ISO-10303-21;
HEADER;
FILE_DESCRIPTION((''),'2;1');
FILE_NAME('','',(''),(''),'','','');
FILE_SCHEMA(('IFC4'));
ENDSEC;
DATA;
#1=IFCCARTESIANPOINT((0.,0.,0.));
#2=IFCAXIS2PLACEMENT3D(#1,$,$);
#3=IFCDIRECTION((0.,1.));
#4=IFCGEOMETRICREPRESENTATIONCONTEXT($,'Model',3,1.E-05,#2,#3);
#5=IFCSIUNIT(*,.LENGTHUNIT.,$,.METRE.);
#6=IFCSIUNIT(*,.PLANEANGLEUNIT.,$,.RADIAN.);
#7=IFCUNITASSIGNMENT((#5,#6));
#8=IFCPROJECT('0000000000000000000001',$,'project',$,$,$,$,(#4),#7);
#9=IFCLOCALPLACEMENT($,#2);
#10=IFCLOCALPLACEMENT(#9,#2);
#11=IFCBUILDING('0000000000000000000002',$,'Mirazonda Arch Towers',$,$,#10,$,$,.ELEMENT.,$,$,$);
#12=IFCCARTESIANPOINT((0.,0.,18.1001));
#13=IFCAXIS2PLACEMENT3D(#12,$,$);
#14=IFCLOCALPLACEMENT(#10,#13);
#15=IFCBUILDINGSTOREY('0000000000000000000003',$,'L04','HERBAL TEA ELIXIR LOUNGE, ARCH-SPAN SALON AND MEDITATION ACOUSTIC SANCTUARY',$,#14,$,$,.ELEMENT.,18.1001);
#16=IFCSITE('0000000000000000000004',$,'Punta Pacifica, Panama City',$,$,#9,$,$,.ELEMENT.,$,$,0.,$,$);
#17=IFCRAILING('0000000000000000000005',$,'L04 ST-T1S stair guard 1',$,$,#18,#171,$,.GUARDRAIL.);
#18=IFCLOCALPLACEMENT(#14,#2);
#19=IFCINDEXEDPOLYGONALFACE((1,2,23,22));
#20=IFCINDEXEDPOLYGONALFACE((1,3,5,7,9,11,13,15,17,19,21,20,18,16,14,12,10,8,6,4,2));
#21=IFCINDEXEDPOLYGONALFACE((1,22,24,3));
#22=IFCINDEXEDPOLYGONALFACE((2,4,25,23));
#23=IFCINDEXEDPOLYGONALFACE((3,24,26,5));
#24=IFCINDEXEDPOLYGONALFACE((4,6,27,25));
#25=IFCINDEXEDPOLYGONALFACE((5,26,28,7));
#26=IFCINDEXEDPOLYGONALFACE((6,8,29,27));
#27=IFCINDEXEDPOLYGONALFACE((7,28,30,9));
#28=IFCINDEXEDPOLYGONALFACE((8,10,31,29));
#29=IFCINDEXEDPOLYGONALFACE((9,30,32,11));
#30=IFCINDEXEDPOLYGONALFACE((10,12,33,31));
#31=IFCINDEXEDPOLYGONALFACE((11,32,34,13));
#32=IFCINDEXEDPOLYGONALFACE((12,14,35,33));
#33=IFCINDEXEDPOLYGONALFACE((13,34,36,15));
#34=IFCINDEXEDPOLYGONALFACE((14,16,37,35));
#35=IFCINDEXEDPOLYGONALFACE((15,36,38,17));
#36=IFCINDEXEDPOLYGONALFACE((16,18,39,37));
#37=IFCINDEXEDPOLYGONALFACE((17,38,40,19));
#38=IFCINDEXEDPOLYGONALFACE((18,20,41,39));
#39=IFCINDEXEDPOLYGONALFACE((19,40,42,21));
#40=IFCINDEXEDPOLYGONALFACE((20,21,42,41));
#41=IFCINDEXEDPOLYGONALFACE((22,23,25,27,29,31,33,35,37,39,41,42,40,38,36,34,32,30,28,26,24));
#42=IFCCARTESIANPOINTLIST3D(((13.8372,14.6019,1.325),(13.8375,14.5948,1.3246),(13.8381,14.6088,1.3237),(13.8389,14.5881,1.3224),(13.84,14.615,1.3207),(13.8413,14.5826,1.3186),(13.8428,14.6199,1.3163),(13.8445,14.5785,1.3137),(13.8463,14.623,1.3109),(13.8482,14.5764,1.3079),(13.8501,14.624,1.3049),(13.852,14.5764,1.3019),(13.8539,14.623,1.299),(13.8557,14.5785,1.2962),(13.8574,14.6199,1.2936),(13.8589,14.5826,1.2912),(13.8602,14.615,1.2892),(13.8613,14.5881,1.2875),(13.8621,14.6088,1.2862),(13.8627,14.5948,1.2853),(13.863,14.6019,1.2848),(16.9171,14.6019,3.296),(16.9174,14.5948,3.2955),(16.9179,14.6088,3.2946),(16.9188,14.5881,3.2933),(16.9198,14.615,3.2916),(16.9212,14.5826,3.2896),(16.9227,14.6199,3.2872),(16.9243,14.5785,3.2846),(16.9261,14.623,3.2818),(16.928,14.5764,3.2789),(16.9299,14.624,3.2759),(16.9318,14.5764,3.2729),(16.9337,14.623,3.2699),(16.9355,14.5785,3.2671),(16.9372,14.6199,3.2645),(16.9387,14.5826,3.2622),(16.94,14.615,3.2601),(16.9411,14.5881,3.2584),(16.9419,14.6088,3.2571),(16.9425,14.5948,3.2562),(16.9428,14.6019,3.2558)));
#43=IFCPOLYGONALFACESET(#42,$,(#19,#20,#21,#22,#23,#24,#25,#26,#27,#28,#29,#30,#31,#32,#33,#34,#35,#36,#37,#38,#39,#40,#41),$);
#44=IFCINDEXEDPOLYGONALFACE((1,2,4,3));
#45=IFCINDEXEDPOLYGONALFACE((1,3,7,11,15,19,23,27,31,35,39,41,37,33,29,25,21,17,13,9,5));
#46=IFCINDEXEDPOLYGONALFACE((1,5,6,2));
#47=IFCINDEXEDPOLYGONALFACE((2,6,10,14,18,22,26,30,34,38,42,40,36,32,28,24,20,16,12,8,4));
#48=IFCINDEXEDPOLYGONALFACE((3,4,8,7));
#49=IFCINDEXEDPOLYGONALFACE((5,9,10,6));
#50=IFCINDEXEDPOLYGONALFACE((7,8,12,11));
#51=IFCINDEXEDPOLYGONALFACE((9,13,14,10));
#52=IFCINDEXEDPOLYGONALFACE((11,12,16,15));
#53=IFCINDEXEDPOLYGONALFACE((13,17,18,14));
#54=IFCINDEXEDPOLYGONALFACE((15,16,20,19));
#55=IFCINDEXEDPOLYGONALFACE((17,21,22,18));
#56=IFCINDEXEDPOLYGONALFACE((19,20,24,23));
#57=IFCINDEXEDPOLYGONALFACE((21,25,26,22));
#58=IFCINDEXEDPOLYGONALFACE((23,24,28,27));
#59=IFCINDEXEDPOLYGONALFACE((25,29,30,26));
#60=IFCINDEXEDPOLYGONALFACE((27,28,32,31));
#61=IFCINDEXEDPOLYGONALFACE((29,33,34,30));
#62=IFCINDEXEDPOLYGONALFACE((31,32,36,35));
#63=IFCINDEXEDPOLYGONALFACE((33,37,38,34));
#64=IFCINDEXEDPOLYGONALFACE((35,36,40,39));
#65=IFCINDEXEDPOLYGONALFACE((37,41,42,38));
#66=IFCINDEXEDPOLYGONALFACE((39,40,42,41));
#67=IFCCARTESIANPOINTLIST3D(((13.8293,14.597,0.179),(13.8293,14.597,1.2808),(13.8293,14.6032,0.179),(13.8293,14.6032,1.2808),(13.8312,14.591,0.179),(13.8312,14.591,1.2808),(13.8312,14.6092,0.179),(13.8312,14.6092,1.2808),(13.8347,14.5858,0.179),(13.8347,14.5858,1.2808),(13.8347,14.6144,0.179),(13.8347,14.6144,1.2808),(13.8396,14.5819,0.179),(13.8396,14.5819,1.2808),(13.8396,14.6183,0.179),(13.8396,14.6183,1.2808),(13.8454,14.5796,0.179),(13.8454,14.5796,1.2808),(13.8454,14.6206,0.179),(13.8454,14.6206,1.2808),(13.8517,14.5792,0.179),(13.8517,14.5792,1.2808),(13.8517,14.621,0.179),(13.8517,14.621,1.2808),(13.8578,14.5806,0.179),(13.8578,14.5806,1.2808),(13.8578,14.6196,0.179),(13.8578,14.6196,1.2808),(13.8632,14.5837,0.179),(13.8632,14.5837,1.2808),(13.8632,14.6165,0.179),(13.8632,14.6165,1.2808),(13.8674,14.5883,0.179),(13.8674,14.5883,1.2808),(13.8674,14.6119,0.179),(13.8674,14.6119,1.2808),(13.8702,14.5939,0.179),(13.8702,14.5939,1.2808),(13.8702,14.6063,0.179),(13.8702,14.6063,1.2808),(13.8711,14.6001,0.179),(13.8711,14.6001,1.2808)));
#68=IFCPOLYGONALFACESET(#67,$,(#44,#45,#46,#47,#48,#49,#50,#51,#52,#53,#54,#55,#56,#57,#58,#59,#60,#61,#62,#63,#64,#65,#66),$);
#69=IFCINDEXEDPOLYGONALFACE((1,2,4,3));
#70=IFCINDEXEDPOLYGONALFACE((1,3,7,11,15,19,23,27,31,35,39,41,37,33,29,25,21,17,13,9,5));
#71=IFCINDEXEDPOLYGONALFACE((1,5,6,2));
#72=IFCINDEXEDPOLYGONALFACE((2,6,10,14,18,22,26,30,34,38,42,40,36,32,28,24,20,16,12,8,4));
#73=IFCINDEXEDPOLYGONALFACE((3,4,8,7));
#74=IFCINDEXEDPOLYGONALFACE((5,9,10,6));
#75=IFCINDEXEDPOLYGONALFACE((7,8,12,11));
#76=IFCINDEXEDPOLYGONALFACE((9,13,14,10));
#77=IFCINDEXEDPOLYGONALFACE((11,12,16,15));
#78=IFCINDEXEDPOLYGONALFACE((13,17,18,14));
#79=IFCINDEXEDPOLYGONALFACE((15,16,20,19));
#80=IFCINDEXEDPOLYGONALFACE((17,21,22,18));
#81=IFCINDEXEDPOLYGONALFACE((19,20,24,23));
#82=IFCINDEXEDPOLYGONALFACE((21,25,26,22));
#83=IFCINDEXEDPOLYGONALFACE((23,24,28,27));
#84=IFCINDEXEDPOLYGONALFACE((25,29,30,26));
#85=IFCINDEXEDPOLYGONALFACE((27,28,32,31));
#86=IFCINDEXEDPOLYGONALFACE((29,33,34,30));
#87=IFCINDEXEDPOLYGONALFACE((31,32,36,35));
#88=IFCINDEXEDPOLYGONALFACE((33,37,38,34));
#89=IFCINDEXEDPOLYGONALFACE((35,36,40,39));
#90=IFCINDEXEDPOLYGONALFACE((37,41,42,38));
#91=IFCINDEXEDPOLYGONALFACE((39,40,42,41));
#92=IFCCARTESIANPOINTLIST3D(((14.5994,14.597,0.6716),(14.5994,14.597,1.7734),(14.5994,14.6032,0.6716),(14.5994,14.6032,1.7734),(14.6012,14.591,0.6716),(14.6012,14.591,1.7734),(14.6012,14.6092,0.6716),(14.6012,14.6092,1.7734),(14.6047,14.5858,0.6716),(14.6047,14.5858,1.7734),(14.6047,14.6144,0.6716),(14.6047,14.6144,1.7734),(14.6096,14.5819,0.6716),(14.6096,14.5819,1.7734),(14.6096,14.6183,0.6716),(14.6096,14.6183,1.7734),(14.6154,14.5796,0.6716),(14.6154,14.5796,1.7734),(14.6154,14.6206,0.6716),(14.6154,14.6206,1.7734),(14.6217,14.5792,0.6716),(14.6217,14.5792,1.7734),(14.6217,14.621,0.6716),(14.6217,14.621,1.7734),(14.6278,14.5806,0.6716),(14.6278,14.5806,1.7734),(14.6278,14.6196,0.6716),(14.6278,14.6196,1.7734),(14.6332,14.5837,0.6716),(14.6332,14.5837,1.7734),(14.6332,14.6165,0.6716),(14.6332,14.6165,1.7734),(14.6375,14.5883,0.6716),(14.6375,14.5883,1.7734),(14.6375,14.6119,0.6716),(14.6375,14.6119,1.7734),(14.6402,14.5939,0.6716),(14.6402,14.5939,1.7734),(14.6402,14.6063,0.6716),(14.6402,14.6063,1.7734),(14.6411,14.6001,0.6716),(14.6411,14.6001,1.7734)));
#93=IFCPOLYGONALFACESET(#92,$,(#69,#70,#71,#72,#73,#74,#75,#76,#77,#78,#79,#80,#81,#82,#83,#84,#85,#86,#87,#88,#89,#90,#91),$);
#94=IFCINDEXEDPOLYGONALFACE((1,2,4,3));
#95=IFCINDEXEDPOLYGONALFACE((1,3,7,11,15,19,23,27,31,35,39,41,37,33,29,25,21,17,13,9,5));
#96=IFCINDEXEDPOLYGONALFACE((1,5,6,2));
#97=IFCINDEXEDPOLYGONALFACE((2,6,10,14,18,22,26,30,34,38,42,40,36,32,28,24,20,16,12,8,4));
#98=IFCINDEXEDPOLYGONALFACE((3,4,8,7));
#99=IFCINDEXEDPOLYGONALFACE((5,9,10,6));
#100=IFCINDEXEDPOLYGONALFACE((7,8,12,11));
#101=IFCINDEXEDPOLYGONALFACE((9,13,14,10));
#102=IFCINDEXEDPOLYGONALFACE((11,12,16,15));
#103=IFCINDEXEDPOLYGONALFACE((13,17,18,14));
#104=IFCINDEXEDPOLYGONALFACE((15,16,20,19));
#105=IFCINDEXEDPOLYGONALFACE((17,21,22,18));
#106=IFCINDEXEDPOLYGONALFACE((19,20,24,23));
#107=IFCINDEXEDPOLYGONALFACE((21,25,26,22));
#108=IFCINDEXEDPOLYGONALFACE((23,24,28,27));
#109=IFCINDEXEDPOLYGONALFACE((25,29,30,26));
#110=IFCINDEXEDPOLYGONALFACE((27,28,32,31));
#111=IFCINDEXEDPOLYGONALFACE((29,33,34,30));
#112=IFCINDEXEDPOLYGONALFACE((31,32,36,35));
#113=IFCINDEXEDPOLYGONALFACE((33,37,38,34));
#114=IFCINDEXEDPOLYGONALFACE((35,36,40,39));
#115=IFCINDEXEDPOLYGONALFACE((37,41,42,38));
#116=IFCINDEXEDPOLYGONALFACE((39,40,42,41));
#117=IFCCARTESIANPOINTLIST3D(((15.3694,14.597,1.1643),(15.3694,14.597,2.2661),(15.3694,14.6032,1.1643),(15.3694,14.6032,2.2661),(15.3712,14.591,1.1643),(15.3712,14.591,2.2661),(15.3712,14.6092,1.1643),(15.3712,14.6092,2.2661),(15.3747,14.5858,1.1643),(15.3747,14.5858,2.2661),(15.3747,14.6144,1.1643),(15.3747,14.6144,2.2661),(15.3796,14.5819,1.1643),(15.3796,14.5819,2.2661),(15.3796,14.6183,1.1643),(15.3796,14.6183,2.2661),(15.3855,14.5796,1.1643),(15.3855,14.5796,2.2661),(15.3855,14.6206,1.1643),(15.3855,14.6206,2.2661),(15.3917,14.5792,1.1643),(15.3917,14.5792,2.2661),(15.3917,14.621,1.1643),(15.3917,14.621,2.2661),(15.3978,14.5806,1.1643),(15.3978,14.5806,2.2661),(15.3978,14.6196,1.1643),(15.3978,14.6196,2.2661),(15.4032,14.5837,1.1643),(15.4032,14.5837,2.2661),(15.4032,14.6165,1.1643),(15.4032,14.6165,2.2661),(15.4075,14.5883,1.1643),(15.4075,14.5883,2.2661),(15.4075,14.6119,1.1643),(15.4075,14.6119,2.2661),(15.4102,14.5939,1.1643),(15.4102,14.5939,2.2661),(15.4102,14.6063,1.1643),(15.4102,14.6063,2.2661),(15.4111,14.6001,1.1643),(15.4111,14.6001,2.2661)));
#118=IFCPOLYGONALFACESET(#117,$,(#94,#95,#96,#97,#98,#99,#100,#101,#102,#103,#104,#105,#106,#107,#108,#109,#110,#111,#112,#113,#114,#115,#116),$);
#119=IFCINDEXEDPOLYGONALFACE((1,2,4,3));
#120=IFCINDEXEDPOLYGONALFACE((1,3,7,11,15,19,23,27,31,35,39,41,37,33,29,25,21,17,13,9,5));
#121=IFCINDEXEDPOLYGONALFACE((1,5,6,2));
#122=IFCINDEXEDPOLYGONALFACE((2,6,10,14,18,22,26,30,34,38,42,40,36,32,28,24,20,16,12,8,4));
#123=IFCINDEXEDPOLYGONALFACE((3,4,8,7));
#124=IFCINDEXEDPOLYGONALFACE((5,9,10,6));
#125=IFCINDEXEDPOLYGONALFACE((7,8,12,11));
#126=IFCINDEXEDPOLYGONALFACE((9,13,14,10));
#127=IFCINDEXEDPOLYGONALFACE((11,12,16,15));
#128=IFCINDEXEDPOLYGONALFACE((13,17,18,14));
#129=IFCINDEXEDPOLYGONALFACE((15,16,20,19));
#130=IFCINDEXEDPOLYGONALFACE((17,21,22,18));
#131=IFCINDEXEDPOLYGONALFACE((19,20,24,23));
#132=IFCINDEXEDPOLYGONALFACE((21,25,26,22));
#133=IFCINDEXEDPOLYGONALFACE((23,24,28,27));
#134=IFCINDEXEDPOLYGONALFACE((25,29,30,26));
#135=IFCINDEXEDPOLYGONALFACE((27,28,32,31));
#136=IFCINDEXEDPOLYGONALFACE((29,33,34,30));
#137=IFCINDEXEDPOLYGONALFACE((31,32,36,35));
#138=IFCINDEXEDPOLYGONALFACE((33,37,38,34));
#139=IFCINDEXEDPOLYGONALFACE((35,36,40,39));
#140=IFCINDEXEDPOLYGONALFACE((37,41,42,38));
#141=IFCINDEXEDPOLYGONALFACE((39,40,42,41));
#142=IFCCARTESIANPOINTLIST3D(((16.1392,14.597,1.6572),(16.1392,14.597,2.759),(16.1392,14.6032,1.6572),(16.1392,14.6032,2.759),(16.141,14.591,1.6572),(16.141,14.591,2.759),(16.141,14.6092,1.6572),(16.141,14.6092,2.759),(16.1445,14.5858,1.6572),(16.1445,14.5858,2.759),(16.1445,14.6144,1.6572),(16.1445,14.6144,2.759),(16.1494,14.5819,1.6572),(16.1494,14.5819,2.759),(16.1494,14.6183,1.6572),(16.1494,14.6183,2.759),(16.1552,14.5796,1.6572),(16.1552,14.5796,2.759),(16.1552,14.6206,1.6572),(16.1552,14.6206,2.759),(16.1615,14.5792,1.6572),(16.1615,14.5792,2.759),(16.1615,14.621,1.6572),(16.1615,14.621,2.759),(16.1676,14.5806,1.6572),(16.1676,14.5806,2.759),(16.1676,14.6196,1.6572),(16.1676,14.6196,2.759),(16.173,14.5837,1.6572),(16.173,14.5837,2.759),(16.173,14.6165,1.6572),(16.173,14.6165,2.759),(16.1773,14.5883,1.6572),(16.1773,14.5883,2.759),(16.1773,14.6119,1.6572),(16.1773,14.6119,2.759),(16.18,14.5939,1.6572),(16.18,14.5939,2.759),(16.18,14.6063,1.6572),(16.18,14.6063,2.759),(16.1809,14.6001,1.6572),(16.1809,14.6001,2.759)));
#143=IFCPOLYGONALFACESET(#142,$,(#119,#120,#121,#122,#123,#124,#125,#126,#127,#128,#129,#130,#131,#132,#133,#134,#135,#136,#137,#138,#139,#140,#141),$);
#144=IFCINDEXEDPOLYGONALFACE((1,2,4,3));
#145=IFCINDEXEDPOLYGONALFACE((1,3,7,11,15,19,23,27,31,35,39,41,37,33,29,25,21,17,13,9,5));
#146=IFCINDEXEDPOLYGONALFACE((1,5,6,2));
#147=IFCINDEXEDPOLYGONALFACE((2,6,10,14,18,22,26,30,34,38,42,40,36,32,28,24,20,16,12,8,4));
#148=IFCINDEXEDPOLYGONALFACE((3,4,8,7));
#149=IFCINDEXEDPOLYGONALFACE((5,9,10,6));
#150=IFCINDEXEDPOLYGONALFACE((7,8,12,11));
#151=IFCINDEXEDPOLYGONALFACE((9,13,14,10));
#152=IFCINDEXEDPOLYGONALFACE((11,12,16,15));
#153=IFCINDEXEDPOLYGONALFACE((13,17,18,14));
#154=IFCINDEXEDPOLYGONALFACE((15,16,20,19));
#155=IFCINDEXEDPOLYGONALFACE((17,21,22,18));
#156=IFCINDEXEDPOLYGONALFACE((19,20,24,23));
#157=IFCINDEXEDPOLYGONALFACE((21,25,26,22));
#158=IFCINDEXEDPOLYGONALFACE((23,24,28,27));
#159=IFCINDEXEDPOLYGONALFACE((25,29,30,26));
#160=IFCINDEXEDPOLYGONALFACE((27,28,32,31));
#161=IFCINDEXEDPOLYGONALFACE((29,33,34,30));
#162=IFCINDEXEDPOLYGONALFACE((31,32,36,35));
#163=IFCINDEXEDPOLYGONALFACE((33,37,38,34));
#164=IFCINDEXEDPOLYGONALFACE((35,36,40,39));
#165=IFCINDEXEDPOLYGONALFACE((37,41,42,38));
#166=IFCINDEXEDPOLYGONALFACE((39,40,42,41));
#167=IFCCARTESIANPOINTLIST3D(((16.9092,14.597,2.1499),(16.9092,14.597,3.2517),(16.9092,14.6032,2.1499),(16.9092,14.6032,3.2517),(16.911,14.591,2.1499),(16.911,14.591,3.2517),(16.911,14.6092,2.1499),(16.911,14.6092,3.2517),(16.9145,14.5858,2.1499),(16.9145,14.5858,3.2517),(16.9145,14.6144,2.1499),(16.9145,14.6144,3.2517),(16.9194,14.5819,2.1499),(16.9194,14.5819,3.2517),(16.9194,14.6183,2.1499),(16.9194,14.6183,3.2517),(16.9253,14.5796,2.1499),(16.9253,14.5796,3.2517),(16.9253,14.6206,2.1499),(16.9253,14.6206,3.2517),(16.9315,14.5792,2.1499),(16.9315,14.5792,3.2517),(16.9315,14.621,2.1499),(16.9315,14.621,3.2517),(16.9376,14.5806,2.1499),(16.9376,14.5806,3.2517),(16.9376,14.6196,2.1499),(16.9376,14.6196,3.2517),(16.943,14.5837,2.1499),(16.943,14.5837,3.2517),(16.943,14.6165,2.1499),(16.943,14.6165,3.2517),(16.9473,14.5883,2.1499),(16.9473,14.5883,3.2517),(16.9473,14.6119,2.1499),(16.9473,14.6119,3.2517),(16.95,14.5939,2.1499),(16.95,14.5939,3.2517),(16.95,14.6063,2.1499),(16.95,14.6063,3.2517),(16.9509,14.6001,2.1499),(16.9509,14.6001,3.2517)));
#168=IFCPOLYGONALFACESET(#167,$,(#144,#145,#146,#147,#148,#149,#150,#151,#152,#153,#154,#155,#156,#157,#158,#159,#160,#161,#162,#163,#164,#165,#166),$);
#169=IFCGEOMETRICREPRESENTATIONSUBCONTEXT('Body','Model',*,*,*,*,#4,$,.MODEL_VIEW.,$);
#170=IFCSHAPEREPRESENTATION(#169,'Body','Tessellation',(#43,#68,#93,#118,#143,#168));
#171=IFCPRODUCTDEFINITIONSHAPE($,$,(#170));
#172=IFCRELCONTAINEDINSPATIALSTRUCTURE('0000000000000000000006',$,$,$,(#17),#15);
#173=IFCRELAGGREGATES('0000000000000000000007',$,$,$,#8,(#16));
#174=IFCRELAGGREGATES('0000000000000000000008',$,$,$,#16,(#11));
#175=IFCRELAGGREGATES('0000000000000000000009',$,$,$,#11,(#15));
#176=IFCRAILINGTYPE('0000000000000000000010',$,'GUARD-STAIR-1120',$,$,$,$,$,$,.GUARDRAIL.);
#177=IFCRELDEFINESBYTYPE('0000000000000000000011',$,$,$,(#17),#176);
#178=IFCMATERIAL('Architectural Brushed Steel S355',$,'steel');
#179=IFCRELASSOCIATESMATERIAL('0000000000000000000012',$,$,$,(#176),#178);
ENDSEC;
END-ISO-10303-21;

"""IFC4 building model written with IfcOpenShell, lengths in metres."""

from ifc_helpers import new_model, si_unit, direction, frame, origin, origin_2d, place, context, subcontext, project, spatial, circle, extrude, material, type_object, element, save


model = new_model("IFC4")

# Units and contexts
model_context = context("Model", 3, precision=1e-05, world=origin(), true_north=direction((0.0, 1.0)))
body_context = subcontext(model_context, "Body", "Model", "MODEL_VIEW")
ifc_project = project(units=[si_unit("LENGTHUNIT", "METRE"), si_unit("PLANEANGLEUNIT", "RADIAN")], contexts=[model_context])

# Site, building, storey
site_placement = place(None, origin())
site = spatial("IfcSite", under=ifc_project, at=site_placement, Name="Punta Pacifica, Panama City", CompositionType="ELEMENT", RefElevation=0.0)
building_placement = place(site_placement, origin())
building = spatial("IfcBuilding", under=site, at=building_placement, Name="Mirazonda Arch Towers", CompositionType="ELEMENT")
storey_placement = place(building_placement, frame((0.0, 0.0, 18.1001)))
storey = spatial("IfcBuildingStorey", under=building, at=storey_placement, Name="L04", Description="HERBAL TEA ELIXIR LOUNGE, ARCH-SPAN SALON AND MEDITATION ACOUSTIC SANCTUARY", CompositionType="ELEMENT", Elevation=18.1001)

# Shared definitions
ifc_material_1 = material(Name="Architectural Brushed Steel S355", Category="steel")

# Railing
railing_type_1 = type_object("IfcRailingType", Name="GUARD-STAIR-1120", PredefinedType="GUARDRAIL", material=ifc_material_1)
railing_1_placement = place(storey_placement, frame((13.8501, 14.6001, 0.179)))
element("IfcRailing", 1, at=railing_1_placement, inside=storey, type_object=railing_type_1, Name="L04 ST-T1S stair guard 1", PredefinedType="GUARDRAIL", context=body_context, shape_type="SweptSolid", body=[
    extrude(circle(Radius=0.0239, at=origin_2d()), frame((0.0, 0.0, 1.126), z_axis=(0.84229, 0.0, 0.539025), x_axis=(0.0, 1.0, 0.0)), (0.0, 0.0, 1.0), 3.6565),
    extrude(circle(Radius=0.021, at=origin_2d()), origin(), (0.0, 0.0, 1.0), 1.1018),
    extrude(circle(Radius=0.021, at=origin_2d()), frame((0.77, 0.0, 0.4927)), (0.0, 0.0, 1.0), 1.1018),
    extrude(circle(Radius=0.021, at=origin_2d()), frame((1.54, 0.0, 0.9854)), (0.0, 0.0, 1.0), 1.1018),
    extrude(circle(Radius=0.021, at=origin_2d()), frame((2.3098, 0.0, 1.4783)), (0.0, 0.0, 1.0), 1.1018),
    extrude(circle(Radius=0.021, at=origin_2d()), frame((3.0798, 0.0, 1.9709)), (0.0, 0.0, 1.0), 1.1018),
])

save(model, "model.ifc")
